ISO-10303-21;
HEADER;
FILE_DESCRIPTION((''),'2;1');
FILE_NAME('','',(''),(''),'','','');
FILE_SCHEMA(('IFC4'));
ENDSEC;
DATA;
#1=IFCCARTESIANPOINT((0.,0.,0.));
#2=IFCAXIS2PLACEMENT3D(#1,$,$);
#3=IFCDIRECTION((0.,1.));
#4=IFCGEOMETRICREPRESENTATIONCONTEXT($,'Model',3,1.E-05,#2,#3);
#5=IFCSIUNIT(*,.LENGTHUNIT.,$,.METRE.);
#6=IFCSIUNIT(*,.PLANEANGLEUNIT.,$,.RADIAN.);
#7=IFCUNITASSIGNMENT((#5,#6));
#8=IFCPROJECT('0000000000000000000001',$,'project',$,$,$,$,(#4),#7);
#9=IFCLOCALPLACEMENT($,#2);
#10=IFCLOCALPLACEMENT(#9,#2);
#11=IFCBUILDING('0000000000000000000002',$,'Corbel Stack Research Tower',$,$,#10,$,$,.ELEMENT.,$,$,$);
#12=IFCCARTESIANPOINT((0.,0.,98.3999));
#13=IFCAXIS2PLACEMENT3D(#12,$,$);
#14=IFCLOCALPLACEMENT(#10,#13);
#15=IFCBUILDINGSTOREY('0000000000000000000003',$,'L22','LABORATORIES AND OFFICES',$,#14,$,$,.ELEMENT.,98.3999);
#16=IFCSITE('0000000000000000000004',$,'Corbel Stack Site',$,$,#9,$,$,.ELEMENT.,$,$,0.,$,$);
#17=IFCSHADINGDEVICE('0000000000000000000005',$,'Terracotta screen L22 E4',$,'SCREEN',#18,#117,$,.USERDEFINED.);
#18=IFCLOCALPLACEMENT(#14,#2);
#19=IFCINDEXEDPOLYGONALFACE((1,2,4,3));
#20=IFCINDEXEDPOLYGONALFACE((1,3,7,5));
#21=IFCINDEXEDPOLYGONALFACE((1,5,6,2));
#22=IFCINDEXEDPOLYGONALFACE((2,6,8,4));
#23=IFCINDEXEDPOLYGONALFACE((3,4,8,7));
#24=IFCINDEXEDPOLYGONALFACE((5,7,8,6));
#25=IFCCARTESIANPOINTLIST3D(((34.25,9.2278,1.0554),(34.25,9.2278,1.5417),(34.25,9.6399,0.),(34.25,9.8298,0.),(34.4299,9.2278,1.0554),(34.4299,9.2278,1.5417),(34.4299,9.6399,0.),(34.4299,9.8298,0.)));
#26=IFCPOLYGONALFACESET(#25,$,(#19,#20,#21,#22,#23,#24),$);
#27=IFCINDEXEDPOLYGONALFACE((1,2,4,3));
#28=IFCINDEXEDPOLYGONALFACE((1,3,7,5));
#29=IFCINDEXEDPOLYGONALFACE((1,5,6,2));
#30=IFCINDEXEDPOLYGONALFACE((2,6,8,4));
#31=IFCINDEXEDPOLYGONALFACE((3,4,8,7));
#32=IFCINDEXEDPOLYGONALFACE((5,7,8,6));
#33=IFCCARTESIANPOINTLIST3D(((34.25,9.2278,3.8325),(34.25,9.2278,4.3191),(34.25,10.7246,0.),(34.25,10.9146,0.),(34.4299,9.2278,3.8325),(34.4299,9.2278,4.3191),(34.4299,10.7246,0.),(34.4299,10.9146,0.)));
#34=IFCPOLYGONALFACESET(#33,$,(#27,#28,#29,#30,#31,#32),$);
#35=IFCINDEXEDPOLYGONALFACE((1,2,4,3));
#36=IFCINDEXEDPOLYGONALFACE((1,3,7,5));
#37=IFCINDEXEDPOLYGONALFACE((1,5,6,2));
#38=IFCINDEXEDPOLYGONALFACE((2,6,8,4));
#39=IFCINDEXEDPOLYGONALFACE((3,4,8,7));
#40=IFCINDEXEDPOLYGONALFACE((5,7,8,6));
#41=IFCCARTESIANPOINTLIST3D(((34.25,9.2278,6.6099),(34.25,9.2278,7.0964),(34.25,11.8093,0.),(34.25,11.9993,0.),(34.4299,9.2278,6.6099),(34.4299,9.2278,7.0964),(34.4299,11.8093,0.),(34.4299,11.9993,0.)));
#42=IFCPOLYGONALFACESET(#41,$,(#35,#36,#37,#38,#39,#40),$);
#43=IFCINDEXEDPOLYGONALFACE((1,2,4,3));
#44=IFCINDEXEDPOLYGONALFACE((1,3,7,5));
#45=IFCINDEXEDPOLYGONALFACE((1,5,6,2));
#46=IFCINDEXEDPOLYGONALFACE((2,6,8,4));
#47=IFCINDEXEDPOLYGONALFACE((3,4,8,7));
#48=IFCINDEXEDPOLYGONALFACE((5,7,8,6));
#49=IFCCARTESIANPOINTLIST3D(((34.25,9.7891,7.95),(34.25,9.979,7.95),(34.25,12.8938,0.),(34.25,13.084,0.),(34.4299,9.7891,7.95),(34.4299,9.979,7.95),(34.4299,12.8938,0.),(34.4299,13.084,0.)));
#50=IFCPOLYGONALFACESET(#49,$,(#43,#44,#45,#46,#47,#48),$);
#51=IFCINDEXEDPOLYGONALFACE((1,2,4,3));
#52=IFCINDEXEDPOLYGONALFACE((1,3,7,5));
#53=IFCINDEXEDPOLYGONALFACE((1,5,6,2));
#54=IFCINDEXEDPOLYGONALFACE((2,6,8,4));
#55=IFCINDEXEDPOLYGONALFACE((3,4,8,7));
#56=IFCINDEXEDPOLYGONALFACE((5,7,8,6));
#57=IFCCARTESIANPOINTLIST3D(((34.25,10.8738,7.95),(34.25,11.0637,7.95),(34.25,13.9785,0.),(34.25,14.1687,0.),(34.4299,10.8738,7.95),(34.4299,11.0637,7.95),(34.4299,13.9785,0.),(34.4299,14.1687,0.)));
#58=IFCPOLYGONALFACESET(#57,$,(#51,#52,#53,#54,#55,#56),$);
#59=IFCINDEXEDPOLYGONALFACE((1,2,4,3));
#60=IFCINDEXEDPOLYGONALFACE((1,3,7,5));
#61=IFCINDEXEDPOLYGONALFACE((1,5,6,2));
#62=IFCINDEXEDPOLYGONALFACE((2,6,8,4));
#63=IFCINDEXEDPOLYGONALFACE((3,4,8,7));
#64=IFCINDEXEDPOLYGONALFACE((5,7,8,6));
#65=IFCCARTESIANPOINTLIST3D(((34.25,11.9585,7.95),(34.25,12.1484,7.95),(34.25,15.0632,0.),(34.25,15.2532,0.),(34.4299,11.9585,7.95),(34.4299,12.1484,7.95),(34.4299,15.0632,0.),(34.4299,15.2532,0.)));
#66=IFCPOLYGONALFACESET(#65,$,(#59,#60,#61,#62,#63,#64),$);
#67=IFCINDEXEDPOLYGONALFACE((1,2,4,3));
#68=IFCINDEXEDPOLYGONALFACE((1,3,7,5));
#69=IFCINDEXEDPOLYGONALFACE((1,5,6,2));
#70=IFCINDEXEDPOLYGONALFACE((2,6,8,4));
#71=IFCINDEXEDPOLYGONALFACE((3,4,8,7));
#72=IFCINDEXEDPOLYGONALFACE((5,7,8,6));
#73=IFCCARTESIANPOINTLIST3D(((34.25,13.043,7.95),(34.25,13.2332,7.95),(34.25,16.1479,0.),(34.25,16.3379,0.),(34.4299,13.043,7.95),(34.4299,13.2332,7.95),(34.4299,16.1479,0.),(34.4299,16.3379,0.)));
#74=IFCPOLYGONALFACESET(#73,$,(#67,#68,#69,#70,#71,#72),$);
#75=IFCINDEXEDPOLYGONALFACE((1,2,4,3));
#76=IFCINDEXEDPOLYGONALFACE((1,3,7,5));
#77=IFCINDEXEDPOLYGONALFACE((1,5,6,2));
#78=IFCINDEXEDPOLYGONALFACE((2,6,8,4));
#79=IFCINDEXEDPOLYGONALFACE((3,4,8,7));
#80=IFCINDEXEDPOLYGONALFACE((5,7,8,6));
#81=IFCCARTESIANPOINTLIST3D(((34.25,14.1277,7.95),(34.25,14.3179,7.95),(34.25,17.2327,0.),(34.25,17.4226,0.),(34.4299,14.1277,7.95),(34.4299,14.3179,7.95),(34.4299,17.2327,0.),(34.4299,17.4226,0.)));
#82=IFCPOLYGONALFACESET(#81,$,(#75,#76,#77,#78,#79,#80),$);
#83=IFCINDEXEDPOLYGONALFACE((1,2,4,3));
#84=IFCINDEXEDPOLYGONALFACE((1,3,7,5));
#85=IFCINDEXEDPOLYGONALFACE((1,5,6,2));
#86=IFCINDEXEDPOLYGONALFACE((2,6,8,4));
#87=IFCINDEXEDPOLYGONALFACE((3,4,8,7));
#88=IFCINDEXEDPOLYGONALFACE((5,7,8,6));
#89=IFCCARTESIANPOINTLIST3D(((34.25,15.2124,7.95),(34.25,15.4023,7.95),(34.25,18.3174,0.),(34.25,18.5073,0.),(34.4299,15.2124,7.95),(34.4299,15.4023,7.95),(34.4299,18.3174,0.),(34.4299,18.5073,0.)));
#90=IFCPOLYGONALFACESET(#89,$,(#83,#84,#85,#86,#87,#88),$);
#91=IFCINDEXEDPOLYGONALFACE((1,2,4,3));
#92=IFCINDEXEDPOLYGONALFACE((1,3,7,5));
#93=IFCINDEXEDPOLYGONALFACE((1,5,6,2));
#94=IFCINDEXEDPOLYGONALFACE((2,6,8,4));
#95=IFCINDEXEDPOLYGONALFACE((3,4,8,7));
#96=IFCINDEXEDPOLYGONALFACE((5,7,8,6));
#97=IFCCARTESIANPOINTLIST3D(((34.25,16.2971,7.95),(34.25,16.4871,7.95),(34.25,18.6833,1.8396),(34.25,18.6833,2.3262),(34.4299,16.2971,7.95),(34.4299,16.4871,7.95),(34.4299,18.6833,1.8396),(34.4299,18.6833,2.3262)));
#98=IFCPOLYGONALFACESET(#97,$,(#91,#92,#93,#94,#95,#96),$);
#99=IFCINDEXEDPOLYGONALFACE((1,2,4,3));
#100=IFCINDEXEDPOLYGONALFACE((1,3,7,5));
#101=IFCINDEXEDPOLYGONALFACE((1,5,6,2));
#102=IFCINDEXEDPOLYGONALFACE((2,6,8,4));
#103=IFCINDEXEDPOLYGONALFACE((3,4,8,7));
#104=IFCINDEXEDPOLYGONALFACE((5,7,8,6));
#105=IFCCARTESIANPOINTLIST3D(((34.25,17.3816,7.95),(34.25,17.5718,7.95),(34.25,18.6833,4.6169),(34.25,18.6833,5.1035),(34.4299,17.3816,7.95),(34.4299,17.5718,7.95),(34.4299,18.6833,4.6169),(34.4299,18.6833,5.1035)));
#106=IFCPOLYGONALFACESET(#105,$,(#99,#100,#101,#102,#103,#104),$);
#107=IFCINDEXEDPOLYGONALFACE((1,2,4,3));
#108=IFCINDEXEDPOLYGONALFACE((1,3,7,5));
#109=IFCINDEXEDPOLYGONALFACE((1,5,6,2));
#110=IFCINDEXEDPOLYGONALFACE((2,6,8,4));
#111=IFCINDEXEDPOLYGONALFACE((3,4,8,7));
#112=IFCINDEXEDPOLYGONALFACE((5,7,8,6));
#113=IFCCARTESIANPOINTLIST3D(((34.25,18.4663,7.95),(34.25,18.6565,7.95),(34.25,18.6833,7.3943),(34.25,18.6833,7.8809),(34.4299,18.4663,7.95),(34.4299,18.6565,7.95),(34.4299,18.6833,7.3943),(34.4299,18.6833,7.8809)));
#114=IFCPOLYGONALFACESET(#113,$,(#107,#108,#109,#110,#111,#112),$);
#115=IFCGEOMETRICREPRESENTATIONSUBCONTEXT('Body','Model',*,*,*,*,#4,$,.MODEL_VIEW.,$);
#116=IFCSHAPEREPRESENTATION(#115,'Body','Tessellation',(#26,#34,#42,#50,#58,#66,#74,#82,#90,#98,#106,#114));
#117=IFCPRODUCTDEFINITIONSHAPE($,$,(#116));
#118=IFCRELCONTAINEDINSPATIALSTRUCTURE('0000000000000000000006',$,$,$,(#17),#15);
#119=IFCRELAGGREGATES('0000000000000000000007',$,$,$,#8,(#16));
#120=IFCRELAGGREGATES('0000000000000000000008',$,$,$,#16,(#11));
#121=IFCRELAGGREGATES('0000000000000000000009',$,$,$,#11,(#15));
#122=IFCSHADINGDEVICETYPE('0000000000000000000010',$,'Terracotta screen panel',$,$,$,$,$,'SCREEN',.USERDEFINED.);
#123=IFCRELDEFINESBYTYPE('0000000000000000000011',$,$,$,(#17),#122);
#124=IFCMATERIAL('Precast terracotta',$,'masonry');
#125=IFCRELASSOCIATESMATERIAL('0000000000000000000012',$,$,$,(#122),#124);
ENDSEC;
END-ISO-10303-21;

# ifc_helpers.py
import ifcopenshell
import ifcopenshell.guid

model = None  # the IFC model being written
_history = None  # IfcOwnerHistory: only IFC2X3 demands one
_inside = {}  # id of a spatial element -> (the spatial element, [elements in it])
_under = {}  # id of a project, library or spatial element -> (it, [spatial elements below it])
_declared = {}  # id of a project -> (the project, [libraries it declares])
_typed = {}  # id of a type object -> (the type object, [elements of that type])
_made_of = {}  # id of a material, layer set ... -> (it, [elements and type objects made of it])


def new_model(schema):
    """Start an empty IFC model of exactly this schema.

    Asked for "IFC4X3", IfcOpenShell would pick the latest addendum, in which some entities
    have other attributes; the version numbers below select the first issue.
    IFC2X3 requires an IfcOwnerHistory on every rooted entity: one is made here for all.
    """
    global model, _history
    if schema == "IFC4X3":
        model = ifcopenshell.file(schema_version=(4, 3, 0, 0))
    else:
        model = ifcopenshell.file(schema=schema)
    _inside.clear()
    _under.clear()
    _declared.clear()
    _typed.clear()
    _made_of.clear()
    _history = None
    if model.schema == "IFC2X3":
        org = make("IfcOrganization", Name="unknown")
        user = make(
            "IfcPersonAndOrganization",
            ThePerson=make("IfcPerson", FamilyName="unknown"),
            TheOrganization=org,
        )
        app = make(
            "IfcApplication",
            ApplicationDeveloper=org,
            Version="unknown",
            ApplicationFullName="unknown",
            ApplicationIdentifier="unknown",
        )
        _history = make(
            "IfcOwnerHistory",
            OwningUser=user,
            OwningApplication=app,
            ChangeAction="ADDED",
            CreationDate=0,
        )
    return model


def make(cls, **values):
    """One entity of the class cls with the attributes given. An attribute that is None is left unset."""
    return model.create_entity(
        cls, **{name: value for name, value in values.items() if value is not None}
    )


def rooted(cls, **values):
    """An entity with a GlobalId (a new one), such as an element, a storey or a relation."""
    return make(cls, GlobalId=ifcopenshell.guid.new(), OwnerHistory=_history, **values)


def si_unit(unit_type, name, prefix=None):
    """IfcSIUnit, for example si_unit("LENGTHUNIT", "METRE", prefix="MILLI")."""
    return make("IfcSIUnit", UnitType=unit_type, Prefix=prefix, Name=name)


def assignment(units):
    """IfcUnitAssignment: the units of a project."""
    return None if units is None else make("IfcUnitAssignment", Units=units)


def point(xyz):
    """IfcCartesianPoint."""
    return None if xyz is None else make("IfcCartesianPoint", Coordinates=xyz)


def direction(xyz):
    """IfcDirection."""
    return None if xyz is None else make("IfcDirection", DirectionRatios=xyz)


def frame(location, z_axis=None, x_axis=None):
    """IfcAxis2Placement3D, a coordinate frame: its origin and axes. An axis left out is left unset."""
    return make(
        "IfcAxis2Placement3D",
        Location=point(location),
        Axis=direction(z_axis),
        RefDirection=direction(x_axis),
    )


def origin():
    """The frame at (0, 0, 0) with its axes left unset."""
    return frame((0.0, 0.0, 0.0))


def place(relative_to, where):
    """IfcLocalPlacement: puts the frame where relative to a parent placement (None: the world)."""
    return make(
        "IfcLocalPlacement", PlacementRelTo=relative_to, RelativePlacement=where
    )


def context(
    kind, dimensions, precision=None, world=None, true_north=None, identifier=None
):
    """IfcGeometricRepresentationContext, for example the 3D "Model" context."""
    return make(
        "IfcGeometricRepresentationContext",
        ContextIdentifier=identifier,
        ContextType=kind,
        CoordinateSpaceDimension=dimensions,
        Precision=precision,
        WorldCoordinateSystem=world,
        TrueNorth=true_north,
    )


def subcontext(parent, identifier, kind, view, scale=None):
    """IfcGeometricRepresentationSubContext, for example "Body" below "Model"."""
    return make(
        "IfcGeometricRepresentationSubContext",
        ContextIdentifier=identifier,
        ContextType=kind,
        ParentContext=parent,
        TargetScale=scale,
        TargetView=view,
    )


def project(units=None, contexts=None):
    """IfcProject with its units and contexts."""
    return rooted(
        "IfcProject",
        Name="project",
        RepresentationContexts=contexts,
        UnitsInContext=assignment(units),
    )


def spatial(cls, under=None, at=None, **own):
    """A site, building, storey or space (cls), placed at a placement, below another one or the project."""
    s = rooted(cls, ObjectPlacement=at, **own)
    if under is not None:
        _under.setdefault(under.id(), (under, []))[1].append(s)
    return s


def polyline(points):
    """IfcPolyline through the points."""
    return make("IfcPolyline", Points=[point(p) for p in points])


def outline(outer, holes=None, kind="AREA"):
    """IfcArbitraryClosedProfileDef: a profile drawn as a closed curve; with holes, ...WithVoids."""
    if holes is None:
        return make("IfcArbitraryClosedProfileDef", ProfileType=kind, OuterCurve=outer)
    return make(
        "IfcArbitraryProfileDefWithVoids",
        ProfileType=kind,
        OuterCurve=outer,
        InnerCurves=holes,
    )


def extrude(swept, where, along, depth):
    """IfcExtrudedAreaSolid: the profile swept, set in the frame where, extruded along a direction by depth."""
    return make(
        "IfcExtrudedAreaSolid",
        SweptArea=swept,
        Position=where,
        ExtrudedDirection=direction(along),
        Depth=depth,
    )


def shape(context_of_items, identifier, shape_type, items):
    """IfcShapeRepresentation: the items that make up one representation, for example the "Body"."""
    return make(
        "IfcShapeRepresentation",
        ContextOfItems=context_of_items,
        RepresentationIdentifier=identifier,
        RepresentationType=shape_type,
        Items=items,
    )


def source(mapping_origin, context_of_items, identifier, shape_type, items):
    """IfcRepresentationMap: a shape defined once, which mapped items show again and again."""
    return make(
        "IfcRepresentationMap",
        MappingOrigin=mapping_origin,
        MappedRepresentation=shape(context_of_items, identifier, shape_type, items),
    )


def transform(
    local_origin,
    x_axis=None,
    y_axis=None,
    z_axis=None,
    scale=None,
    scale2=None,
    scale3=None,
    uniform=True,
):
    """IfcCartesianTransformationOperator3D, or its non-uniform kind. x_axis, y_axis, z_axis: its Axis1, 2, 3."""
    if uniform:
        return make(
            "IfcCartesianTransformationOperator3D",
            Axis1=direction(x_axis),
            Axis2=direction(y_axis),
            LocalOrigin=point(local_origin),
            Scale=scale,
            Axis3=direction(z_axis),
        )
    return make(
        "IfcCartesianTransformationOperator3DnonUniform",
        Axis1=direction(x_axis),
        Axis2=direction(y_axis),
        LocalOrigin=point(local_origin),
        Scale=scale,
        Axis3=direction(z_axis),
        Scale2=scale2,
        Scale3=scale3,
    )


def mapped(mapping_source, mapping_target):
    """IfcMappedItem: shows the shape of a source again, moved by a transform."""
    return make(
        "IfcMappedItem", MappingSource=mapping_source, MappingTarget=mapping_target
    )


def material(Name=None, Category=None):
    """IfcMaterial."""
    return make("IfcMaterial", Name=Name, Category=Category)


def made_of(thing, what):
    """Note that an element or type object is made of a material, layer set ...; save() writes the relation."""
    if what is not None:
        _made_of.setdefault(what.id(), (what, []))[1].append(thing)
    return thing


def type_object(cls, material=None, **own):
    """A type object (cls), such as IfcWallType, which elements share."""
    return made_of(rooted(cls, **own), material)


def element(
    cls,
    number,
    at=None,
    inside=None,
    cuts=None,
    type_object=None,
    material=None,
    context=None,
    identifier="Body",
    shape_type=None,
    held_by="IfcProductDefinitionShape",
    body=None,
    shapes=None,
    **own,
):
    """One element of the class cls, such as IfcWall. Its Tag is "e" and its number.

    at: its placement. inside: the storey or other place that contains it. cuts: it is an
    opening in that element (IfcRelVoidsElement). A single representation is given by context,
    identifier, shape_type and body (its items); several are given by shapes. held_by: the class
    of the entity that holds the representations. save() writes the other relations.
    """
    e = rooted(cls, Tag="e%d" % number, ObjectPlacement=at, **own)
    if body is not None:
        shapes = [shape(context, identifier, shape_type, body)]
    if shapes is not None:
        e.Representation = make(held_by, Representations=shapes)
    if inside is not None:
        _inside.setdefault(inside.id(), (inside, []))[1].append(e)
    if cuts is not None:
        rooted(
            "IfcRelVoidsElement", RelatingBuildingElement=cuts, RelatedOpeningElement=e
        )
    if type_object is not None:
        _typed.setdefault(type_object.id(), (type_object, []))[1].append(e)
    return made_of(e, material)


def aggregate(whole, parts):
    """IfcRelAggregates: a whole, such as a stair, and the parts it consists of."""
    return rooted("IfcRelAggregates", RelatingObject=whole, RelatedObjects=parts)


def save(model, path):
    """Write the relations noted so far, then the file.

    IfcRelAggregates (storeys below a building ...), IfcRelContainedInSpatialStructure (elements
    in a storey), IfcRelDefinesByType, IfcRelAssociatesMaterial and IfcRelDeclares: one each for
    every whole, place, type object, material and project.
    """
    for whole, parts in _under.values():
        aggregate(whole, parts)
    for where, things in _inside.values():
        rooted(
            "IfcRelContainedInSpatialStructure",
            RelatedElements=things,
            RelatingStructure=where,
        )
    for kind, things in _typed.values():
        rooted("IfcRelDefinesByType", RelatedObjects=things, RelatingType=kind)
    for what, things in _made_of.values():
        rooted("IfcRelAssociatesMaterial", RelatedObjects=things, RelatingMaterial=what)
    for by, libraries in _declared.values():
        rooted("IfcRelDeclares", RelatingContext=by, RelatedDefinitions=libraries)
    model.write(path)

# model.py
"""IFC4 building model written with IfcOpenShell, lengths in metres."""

from ifc_helpers import new_model, si_unit, direction, frame, origin, place, context, subcontext, project, spatial, polyline, outline, extrude, source, transform, mapped, material, type_object, element, save


model = new_model("IFC4")

# Units and contexts
model_context = context("Model", 3, precision=1e-05, world=origin(), true_north=direction((0.0, 1.0)))
body_context = subcontext(model_context, "Body", "Model", "MODEL_VIEW")
ifc_project = project(units=[si_unit("LENGTHUNIT", "METRE"), si_unit("PLANEANGLEUNIT", "RADIAN")], contexts=[model_context])

# Site, building, storey
site_placement = place(None, origin())
site = spatial("IfcSite", under=ifc_project, at=site_placement, Name="Corbel Stack Site", CompositionType="ELEMENT", RefElevation=0.0)
building_placement = place(site_placement, origin())
building = spatial("IfcBuilding", under=site, at=building_placement, Name="Corbel Stack Research Tower", CompositionType="ELEMENT")
storey_placement = place(building_placement, frame((0.0, 0.0, 98.3999)))
storey = spatial("IfcBuildingStorey", under=building, at=storey_placement, Name="L22", Description="LABORATORIES AND OFFICES", CompositionType="ELEMENT", Elevation=98.3999)

# Shading device
ifc_material_1 = material(Name="Precast terracotta", Category="masonry")
shading_device_type = type_object("IfcShadingDeviceType", Name="Terracotta screen panel", ElementType="SCREEN", PredefinedType="USERDEFINED", material=ifc_material_1)
shared_shape_1 = source(origin(), body_context, "Body", "SweptSolid", [
    extrude(outline(polyline([(0.6021, 0.0), (0.0, 1.5417), (0.0, 1.0554), (0.4121, 0.0), (0.6021, 0.0)])), frame((0.0, 0.0, 0.0), z_axis=(0.0, -1.0, 0.0), x_axis=(1.0, 0.0, 0.0)), (0.0, 0.0, 1.0), 0.1799),
    extrude(outline(polyline([(1.6868, 0.0), (0.0, 4.3191), (0.0, 3.8325), (1.4968, 0.0), (1.6868, 0.0)])), frame((0.0, 0.0, 0.0), z_axis=(0.0, -1.0, 0.0), x_axis=(1.0, 0.0, 0.0)), (0.0, 0.0, 1.0), 0.1799),
    extrude(outline(polyline([(2.7715, 0.0), (0.0, 7.0964), (0.0, 6.6099), (2.5815, 0.0), (2.7715, 0.0)])), frame((0.0, 0.0, 0.0), z_axis=(0.0, -1.0, 0.0), x_axis=(1.0, 0.0, 0.0)), (0.0, 0.0, 1.0), 0.1799),
    extrude(outline(polyline([(3.8562, 0.0), (0.7512, 7.95), (0.5613, 7.95), (3.666, 0.0), (3.8562, 0.0)])), frame((0.0, 0.0, 0.0), z_axis=(0.0, -1.0, 0.0), x_axis=(1.0, 0.0, 0.0)), (0.0, 0.0, 1.0), 0.1799),
    extrude(outline(polyline([(4.9409, 0.0), (1.8359, 7.95), (1.646, 7.95), (4.7507, 0.0), (4.9409, 0.0)])), frame((0.0, 0.0, 0.0), z_axis=(0.0, -1.0, 0.0), x_axis=(1.0, 0.0, 0.0)), (0.0, 0.0, 1.0), 0.1799),
    extrude(outline(polyline([(6.0254, 0.0), (2.9207, 7.95), (2.7307, 7.95), (5.8354, 0.0), (6.0254, 0.0)])), frame((0.0, 0.0, 0.0), z_axis=(0.0, -1.0, 0.0), x_axis=(1.0, 0.0, 0.0)), (0.0, 0.0, 1.0), 0.1799),
    extrude(outline(polyline([(7.1101, 0.0), (4.0054, 7.95), (3.8152, 7.95), (6.9202, 0.0), (7.1101, 0.0)])), frame((0.0, 0.0, 0.0), z_axis=(0.0, -1.0, 0.0), x_axis=(1.0, 0.0, 0.0)), (0.0, 0.0, 1.0), 0.1799),
    extrude(outline(polyline([(8.1948, 0.0), (5.0901, 7.95), (4.8999, 7.95), (8.0049, 0.0), (8.1948, 0.0)])), frame((0.0, 0.0, 0.0), z_axis=(0.0, -1.0, 0.0), x_axis=(1.0, 0.0, 0.0)), (0.0, 0.0, 1.0), 0.1799),
    extrude(outline(polyline([(9.2795, 0.0), (6.1746, 7.95), (5.9846, 7.95), (9.0896, 0.0), (9.2795, 0.0)])), frame((0.0, 0.0, 0.0), z_axis=(0.0, -1.0, 0.0), x_axis=(1.0, 0.0, 0.0)), (0.0, 0.0, 1.0), 0.1799),
    extrude(outline(polyline([(7.2593, 7.95), (7.0693, 7.95), (9.4556, 1.8396), (9.4556, 2.3262), (7.2593, 7.95)])), frame((0.0, 0.0, 0.0), z_axis=(0.0, -1.0, 0.0), x_axis=(1.0, 0.0, 0.0)), (0.0, 0.0, 1.0), 0.1799),
    extrude(outline(polyline([(8.344, 7.95), (8.1538, 7.95), (9.4556, 4.6169), (9.4556, 5.1035), (8.344, 7.95)])), frame((0.0, 0.0, 0.0), z_axis=(0.0, -1.0, 0.0), x_axis=(1.0, 0.0, 0.0)), (0.0, 0.0, 1.0), 0.1799),
    extrude(outline(polyline([(9.4287, 7.95), (9.2385, 7.95), (9.4556, 7.3943), (9.4556, 7.8809), (9.4287, 7.95)])), frame((0.0, 0.0, 0.0), z_axis=(0.0, -1.0, 0.0), x_axis=(1.0, 0.0, 0.0)), (0.0, 0.0, 1.0), 0.1799),
])
shading_device_1_placement = place(storey_placement, frame((34.25, 9.2278, 0.0), z_axis=(0.0, 0.0, 1.0), x_axis=(0.0, 1.0, 0.0)))
element("IfcShadingDevice", 1, at=shading_device_1_placement, inside=storey, type_object=shading_device_type, Name="Terracotta screen L22 E4", ObjectType="SCREEN", PredefinedType="USERDEFINED", context=body_context, shape_type="MappedRepresentation", body=[
    mapped(shared_shape_1, transform((0.0, 0.0, 0.0))),
])

save(model, "model.ifc")
